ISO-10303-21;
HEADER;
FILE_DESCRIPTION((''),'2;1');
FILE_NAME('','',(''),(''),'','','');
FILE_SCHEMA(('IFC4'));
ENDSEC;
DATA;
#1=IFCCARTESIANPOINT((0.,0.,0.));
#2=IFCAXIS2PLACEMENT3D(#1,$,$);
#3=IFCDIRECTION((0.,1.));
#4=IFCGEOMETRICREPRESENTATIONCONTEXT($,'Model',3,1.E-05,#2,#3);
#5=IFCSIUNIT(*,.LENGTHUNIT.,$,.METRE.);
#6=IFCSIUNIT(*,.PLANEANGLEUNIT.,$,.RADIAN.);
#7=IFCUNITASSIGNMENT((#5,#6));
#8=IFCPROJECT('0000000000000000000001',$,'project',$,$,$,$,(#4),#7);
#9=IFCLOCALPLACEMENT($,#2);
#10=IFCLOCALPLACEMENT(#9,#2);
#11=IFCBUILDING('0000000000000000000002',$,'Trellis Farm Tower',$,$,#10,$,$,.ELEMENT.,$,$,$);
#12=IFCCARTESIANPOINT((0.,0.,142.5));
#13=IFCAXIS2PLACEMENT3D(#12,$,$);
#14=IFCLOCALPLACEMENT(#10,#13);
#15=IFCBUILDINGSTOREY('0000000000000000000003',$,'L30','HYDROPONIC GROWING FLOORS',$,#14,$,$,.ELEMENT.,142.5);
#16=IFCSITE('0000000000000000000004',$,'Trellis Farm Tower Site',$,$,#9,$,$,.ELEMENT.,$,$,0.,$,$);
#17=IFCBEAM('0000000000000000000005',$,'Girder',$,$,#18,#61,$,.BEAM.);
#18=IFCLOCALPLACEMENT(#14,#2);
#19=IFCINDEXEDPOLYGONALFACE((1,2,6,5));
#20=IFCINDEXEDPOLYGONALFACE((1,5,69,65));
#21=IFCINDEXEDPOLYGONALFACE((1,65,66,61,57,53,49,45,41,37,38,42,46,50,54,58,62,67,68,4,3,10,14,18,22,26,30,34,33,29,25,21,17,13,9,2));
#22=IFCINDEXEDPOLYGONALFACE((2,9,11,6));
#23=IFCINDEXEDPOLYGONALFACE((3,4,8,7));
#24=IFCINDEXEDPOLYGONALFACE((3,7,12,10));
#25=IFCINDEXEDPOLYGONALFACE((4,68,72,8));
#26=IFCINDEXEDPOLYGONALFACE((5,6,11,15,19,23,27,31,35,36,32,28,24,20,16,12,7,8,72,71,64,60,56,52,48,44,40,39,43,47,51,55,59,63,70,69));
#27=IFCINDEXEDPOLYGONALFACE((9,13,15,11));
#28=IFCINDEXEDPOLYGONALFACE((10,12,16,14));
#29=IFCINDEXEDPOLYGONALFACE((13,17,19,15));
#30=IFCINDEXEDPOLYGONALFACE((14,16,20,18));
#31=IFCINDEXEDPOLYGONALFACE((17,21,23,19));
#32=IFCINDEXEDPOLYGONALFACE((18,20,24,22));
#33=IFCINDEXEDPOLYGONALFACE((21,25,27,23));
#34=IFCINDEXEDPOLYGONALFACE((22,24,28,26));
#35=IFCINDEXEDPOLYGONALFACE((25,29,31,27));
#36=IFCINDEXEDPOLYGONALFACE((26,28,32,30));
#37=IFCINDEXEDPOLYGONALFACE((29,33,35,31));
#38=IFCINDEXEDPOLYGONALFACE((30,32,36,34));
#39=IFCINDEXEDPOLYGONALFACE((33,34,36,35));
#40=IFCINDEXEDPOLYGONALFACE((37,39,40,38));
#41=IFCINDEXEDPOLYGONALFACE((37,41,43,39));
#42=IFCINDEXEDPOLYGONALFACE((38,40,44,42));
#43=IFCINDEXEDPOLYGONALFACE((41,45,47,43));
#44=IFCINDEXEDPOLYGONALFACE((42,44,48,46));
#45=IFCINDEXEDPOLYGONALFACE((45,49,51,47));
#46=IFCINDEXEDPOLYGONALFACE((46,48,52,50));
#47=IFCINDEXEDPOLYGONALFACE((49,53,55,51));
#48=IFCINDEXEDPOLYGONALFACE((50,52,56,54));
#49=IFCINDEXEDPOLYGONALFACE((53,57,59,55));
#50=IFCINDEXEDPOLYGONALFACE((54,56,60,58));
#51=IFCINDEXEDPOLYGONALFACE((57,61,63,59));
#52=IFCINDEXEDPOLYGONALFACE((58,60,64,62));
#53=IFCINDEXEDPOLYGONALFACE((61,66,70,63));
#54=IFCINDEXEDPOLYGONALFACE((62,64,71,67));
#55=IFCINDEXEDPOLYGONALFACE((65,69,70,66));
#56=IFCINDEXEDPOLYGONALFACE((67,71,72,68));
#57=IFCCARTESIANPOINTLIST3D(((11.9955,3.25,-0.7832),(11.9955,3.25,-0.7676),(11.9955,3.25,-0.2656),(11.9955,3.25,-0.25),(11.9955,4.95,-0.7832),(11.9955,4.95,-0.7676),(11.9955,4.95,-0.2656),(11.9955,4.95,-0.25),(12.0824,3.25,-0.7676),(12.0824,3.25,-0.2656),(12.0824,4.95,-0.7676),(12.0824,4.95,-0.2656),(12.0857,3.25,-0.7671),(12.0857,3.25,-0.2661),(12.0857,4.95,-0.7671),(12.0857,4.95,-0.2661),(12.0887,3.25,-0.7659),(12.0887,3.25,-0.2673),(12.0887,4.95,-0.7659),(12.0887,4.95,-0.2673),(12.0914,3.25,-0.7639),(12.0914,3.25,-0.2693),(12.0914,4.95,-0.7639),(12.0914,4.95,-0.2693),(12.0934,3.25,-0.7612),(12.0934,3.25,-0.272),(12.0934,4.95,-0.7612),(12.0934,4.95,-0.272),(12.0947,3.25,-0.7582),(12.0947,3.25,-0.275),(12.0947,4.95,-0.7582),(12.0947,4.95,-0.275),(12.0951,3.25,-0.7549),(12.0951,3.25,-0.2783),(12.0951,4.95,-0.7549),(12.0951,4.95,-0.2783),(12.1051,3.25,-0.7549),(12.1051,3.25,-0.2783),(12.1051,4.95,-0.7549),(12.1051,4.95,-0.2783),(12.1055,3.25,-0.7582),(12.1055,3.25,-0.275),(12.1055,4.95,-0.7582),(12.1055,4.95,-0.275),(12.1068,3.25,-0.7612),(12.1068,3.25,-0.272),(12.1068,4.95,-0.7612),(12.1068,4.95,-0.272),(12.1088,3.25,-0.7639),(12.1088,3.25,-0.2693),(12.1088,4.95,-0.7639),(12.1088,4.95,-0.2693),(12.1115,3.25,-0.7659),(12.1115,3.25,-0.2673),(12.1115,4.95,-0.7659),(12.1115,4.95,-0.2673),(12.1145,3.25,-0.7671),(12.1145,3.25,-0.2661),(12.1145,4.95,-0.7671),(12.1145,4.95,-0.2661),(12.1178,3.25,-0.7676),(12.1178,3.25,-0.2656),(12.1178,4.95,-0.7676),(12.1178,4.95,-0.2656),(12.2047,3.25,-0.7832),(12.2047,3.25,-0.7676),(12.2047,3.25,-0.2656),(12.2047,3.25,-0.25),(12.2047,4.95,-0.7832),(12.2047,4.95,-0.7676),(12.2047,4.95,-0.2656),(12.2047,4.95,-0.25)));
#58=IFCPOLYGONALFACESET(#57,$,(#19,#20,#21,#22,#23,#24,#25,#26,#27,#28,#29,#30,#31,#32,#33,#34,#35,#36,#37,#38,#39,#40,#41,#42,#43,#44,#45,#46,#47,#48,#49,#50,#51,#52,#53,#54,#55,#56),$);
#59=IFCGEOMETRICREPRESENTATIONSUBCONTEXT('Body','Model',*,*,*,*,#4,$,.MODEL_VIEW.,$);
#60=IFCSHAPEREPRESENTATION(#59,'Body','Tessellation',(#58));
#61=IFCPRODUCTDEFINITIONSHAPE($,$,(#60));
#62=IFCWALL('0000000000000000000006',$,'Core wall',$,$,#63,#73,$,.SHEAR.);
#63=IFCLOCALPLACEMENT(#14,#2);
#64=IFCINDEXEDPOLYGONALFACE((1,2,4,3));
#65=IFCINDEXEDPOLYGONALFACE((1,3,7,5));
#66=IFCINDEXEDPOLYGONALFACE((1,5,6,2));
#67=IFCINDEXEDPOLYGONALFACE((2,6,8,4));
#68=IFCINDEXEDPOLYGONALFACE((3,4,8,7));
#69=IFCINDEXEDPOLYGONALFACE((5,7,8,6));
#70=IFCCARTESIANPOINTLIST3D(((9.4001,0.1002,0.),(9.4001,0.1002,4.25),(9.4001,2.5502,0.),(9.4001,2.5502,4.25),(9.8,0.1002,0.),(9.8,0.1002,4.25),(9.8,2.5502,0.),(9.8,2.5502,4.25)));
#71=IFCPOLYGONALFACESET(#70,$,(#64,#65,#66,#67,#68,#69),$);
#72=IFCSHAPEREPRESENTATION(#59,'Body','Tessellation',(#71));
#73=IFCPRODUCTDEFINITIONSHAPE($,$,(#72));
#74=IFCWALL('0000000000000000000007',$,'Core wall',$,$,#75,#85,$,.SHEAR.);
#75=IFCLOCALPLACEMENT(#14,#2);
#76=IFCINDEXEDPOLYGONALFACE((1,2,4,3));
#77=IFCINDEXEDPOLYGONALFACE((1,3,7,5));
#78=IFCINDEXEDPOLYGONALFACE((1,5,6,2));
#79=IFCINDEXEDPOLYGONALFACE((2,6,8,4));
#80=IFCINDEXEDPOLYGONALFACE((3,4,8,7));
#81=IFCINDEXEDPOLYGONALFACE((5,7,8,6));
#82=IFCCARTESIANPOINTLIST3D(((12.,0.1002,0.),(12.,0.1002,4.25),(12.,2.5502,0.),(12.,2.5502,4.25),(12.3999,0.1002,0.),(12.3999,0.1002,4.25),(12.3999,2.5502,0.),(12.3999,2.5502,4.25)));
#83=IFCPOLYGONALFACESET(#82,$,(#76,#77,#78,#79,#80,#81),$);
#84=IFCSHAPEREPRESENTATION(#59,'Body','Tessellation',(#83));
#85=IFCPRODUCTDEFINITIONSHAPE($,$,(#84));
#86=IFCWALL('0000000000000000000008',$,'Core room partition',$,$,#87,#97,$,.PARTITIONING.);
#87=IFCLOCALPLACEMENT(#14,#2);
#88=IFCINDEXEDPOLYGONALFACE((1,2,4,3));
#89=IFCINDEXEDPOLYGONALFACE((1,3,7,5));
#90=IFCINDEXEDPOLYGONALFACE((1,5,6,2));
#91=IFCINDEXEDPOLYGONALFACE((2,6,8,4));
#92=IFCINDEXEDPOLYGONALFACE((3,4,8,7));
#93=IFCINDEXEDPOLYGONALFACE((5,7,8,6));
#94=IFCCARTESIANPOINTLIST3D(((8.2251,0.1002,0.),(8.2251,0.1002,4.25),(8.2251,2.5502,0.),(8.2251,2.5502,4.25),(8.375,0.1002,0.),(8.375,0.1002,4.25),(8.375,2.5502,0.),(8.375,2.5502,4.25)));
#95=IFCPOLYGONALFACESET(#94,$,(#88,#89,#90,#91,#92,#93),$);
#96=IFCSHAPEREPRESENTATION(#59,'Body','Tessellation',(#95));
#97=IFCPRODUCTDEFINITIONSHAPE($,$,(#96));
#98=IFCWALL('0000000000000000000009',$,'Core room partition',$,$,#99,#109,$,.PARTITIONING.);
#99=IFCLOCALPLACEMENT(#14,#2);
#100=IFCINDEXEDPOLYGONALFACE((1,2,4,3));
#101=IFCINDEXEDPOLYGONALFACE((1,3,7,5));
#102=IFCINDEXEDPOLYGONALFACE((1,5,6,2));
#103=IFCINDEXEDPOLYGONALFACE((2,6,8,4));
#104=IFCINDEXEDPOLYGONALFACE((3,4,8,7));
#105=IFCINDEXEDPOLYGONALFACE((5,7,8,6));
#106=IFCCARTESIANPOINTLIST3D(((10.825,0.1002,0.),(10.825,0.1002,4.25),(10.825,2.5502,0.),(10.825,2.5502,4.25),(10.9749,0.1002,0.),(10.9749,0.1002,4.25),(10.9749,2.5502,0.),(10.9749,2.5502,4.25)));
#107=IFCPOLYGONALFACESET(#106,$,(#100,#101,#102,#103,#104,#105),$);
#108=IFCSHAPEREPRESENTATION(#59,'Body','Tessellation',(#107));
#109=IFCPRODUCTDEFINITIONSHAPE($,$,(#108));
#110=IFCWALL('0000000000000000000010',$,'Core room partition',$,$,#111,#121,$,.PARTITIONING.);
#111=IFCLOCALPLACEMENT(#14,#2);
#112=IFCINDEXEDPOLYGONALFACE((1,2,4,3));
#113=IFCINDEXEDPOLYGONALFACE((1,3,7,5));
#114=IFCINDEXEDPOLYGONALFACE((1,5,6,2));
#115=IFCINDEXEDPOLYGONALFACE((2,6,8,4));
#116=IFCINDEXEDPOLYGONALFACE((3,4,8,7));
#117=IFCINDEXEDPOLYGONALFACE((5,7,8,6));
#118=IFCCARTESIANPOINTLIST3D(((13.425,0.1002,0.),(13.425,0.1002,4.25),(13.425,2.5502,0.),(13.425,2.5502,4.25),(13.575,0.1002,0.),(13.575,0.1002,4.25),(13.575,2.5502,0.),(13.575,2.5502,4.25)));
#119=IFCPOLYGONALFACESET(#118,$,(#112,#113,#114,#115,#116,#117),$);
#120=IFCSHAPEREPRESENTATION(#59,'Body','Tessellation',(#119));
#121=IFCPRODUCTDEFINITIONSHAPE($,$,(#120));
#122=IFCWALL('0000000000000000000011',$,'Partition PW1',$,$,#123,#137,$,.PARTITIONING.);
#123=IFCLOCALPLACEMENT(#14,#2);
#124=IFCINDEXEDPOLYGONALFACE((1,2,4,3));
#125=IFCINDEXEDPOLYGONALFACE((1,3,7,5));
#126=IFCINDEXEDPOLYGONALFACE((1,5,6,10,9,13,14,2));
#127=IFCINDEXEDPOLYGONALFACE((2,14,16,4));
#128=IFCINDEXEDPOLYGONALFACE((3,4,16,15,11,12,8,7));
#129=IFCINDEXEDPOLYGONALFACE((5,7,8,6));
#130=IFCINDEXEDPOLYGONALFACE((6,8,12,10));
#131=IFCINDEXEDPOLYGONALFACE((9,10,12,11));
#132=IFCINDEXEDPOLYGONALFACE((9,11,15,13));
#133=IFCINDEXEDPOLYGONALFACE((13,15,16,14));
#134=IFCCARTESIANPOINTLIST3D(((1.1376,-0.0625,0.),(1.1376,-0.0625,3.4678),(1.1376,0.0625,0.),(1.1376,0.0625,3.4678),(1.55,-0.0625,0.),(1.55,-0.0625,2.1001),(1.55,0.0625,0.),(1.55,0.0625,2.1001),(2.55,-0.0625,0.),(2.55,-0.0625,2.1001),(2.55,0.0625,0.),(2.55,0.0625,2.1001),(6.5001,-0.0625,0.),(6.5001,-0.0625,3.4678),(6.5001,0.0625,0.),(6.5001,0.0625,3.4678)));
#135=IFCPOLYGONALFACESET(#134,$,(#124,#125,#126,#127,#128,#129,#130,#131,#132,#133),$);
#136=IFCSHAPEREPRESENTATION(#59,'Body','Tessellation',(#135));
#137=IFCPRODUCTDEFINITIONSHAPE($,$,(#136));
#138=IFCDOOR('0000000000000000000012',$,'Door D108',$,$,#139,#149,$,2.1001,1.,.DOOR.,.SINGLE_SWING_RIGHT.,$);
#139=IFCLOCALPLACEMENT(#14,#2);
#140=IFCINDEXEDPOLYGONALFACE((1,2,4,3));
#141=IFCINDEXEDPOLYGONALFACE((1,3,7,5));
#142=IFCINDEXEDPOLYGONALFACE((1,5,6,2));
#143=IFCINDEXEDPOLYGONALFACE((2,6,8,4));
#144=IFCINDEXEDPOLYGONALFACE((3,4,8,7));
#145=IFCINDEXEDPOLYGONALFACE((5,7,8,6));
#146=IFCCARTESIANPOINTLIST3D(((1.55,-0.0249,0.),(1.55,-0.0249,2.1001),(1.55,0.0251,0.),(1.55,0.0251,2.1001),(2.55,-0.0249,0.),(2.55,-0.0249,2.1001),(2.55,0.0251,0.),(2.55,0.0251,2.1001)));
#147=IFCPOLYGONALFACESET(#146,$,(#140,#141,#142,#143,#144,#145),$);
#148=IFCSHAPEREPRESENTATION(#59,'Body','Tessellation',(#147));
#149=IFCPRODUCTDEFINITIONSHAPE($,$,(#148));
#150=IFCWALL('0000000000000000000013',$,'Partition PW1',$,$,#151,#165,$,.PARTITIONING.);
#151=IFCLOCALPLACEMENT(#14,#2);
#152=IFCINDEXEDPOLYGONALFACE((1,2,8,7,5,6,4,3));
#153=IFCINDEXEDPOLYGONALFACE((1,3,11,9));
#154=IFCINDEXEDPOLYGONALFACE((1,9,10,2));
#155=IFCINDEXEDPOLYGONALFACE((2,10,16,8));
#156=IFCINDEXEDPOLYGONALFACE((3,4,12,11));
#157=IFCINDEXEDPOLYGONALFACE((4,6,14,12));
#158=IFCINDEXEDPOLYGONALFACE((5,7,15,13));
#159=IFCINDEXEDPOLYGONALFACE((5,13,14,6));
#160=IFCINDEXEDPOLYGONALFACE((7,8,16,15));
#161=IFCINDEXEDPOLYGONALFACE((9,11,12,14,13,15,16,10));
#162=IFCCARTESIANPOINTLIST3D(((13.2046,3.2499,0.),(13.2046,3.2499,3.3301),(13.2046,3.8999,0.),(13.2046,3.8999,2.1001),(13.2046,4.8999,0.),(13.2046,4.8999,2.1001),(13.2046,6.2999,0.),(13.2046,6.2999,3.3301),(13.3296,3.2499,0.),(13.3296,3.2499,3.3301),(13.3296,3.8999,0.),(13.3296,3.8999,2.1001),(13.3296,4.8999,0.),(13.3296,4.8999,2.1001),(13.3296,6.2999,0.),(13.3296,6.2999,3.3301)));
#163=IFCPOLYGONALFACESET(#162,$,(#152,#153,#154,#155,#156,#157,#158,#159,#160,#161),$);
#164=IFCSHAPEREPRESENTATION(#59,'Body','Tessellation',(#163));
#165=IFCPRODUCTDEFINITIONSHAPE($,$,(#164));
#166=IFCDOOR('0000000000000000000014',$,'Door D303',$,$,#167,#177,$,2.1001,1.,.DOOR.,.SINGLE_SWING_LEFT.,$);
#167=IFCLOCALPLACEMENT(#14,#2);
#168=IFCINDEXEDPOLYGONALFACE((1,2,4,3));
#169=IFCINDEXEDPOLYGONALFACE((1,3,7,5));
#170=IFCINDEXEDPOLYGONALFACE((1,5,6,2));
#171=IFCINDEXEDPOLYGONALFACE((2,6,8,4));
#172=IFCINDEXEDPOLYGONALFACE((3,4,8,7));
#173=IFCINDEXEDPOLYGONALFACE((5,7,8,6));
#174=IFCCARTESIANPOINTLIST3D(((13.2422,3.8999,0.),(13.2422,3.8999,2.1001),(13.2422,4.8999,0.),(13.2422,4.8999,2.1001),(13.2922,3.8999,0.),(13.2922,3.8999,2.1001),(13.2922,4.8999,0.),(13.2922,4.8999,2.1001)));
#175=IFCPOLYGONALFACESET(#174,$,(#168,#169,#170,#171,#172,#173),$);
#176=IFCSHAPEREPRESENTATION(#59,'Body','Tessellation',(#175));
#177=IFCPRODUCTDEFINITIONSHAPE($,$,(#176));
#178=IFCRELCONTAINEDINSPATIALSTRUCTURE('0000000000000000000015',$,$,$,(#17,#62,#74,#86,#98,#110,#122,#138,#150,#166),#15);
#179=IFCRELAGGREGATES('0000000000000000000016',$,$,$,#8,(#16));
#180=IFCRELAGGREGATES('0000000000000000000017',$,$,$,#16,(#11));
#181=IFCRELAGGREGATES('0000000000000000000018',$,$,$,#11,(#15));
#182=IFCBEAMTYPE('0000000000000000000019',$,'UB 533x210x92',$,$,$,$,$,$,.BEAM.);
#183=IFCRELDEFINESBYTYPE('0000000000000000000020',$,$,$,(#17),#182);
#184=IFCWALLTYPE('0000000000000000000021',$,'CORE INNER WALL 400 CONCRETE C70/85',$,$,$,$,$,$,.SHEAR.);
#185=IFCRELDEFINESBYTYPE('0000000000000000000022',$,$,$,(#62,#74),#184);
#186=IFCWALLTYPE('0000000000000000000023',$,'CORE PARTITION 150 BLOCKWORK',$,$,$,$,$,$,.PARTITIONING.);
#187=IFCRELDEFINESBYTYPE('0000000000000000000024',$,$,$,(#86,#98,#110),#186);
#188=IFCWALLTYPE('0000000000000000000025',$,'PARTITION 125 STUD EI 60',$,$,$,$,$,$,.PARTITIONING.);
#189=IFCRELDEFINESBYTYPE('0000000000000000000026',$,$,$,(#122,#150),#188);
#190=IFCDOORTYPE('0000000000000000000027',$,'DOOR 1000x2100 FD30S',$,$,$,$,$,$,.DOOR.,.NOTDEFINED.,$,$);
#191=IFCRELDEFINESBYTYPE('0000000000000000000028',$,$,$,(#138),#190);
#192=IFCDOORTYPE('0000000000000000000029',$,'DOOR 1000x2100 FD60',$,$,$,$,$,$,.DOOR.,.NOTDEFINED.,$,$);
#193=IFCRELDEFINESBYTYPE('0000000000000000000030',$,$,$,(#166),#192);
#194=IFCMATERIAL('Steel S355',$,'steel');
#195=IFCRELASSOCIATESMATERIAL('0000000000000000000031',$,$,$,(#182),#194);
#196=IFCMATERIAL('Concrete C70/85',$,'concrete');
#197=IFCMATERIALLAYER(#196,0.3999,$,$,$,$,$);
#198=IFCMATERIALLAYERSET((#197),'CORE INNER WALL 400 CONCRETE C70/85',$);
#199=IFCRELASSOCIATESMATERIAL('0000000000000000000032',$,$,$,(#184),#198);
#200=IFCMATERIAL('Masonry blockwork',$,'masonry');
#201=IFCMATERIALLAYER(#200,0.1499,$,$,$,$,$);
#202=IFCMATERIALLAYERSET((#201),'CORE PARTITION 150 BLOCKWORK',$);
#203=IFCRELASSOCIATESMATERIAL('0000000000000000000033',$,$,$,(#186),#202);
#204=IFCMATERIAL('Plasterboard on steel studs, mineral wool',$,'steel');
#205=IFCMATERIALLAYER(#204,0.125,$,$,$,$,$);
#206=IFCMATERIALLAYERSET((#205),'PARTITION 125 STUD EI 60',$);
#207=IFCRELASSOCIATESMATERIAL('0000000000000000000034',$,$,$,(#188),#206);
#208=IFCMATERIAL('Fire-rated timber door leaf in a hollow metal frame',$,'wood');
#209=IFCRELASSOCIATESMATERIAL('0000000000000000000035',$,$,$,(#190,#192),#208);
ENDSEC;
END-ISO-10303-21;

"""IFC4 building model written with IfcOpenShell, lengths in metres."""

from ifc_helpers import new_model, si_unit, direction, frame, frame_2d, origin, origin_2d, place, context, subcontext, project, spatial, rectangle, i_section, extrude, source, transform, mapped, material, layer, layer_set, material_profile, profile_set, type_object, element, fill, save


model = new_model("IFC4")

# Units and contexts
model_context = context("Model", 3, precision=1e-05, world=origin(), true_north=direction((0.0, 1.0)))
body_context = subcontext(model_context, "Body", "Model", "MODEL_VIEW")
ifc_project = project(units=[si_unit("LENGTHUNIT", "METRE"), si_unit("PLANEANGLEUNIT", "RADIAN")], contexts=[model_context])

# Site, building, storey
site_placement = place(None, origin())
site = spatial("IfcSite", under=ifc_project, at=site_placement, Name="Trellis Farm Tower Site", CompositionType="ELEMENT", RefElevation=0.0)
building_placement = place(site_placement, origin())
building = spatial("IfcBuilding", under=site, at=building_placement, Name="Trellis Farm Tower", CompositionType="ELEMENT")
storey_placement = place(building_placement, frame((0.0, 0.0, 142.5)))
storey = spatial("IfcBuildingStorey", under=building, at=storey_placement, Name="L30", Description="HYDROPONIC GROWING FLOORS", CompositionType="ELEMENT", Elevation=142.5)

# Beam
ifc_material_1 = material(Name="Steel S355", Category="steel")
ifc_material_profile = material_profile(ifc_material_1, i_section(OverallWidth=0.2092, OverallDepth=0.5332, WebThickness=0.01, FlangeThickness=0.0156, FilletRadius=0.0127, at=origin_2d()), Name="UB 533x210x92")
ifc_profile_set = profile_set([ifc_material_profile], Name="Steel S355")
beam_type = type_object("IfcBeamType", Name="UB 533x210x92", PredefinedType="BEAM", material=ifc_profile_set)
shared_shape_1 = source(origin(), body_context, "Body", "SweptSolid", [
    extrude(i_section(OverallWidth=0.2092, OverallDepth=0.5332, WebThickness=0.01, FlangeThickness=0.0156, FilletRadius=0.0127, at=origin_2d()), origin(), (0.0, 0.0, 1.0), 1.7),
])
beam_placement = place(storey_placement, frame((12.1001, 3.25, -0.5166), z_axis=(0.0, 1.0, 0.0), x_axis=(-1.0, 0.0, 0.0)))
element("IfcBeam", 1, at=beam_placement, inside=storey, type_object=beam_type, Name="Girder", PredefinedType="BEAM", context=body_context, shape_type="MappedRepresentation", body=[
    mapped(shared_shape_1, transform((0.0, 0.0, 0.0))),
])

# Walls
ifc_material_2 = material(Name="Concrete C70/85", Category="concrete")
ifc_layer_1 = layer(ifc_material_2, 0.3999)
ifc_layer_set_1 = layer_set([ifc_layer_1], Name="CORE INNER WALL 400 CONCRETE C70/85")
wall_type_1 = type_object("IfcWallType", Name="CORE INNER WALL 400 CONCRETE C70/85", PredefinedType="SHEAR", material=ifc_layer_set_1)
shared_shape_2 = source(origin(), body_context, "Body", "SweptSolid", [
    extrude(rectangle(XDim=2.45, YDim=0.3999, at=frame_2d((1.2251, 0.0))), origin(), (0.0, 0.0, 1.0), 4.25),
])
for number, where, z_axis, x_axis, name in (
    (2, (9.6001, 0.1001, 0.0), (0.0, 0.0, 1.0), (0.0, 1.0, 0.0), "Core wall"),
    (3, (12.2, 0.1001, 0.0), (0.0, 0.0, 1.0), (0.0, 1.0, 0.0), "Core wall"),
):
    element("IfcWall", number, at=place(storey_placement, frame(where, z_axis=z_axis, x_axis=x_axis)), inside=storey, type_object=wall_type_1, Name=name, PredefinedType="SHEAR", context=body_context, shape_type="MappedRepresentation", body=[
        mapped(shared_shape_2, transform((0.0, 0.0, 0.0))),
    ])

# Walls
ifc_material_3 = material(Name="Masonry blockwork", Category="masonry")
ifc_layer_2 = layer(ifc_material_3, 0.1499)
ifc_layer_set_2 = layer_set([ifc_layer_2], Name="CORE PARTITION 150 BLOCKWORK")
wall_type_2 = type_object("IfcWallType", Name="CORE PARTITION 150 BLOCKWORK", PredefinedType="PARTITIONING", material=ifc_layer_set_2)
shared_shape_3 = source(origin(), body_context, "Body", "SweptSolid", [
    extrude(rectangle(XDim=2.45, YDim=0.1499, at=frame_2d((1.2251, 0.0))), origin(), (0.0, 0.0, 1.0), 4.25),
])
for number, where, z_axis, x_axis, name in (
    (4, (8.3, 0.1001, 0.0), (0.0, 0.0, 1.0), (0.0, 1.0, 0.0), "Core room partition"),
    (5, (10.8999, 0.1001, 0.0), (0.0, 0.0, 1.0), (0.0, 1.0, 0.0), "Core room partition"),
    (6, (13.5, 0.1001, 0.0), (0.0, 0.0, 1.0), (0.0, 1.0, 0.0), "Core room partition"),
):
    element("IfcWall", number, at=place(storey_placement, frame(where, z_axis=z_axis, x_axis=x_axis)), inside=storey, type_object=wall_type_2, Name=name, PredefinedType="PARTITIONING", context=body_context, shape_type="MappedRepresentation", body=[
        mapped(shared_shape_3, transform((0.0, 0.0, 0.0))),
    ])

# Walls, openings, doors
ifc_material_4 = material(Name="Plasterboard on steel studs, mineral wool", Category="steel")
ifc_layer_3 = layer(ifc_material_4, 0.125)
ifc_layer_set_3 = layer_set([ifc_layer_3], Name="PARTITION 125 STUD EI 60")
wall_type_3 = type_object("IfcWallType", Name="PARTITION 125 STUD EI 60", PredefinedType="PARTITIONING", material=ifc_layer_set_3)
shared_shape_4 = source(origin(), body_context, "Body", "SweptSolid", [
    extrude(rectangle(XDim=5.3625, YDim=0.125, at=frame_2d((2.6812, 0.0))), origin(), (0.0, 0.0, 1.0), 3.4678),
])
wall_1_placement = place(storey_placement, frame((6.5, 0.0, 0.0), z_axis=(0.0, 0.0, 1.0), x_axis=(-1.0, 0.0, 0.0)))
wall_1 = element("IfcWall", 7, at=wall_1_placement, inside=storey, type_object=wall_type_3, Name="Partition PW1", PredefinedType="PARTITIONING", context=body_context, shape_type="MappedRepresentation", body=[
    mapped(shared_shape_4, transform((0.0, 0.0, 0.0))),
])
shared_shape_5 = source(origin(), body_context, "Body", "SweptSolid", [
    extrude(rectangle(XDim=1.0, YDim=2.1001, at=frame_2d((0.5, 1.05))), frame((0.0, 0.0725, 0.0), z_axis=(0.0, -1.0, 0.0), x_axis=(1.0, 0.0, 0.0)), (0.0, 0.0, 1.0), 0.145),
])
opening_1_placement = place(wall_1_placement, frame((3.95, 0.0, 0.0)))
opening_1 = element("IfcOpeningElement", 8, at=opening_1_placement, cuts=wall_1, PredefinedType="OPENING", context=body_context, shape_type="MappedRepresentation", body=[
    mapped(shared_shape_5, transform((0.0, 0.0, 0.0))),
])
ifc_material_5 = material(Name="Fire-rated timber door leaf in a hollow metal frame", Category="wood")
door_type_1 = type_object("IfcDoorType", Name="DOOR 1000x2100 FD30S", OperationType="NOTDEFINED", PredefinedType="DOOR", material=ifc_material_5)
shared_shape_6 = source(origin(), body_context, "Body", "SweptSolid", [
    extrude(rectangle(XDim=1.0, YDim=2.1001, at=frame_2d((0.5, 1.05))), frame((0.0, 0.0249, 0.0), z_axis=(0.0, -1.0, 0.0), x_axis=(1.0, 0.0, 0.0)), (0.0, 0.0, 1.0), 0.05),
])
door_1_placement = place(opening_1_placement, origin())
door_1 = element("IfcDoor", 9, at=door_1_placement, inside=storey, type_object=door_type_1, Name="Door D108", OperationType="SINGLE_SWING_RIGHT", OverallHeight=2.1001, OverallWidth=1.0, PredefinedType="DOOR", context=body_context, shape_type="MappedRepresentation", body=[
    mapped(shared_shape_6, transform((0.0, 0.0, 0.0))),
])
fill(opening_1, door_1)
shared_shape_7 = source(origin(), body_context, "Body", "SweptSolid", [
    extrude(rectangle(XDim=3.05, YDim=0.125, at=frame_2d((1.5249, 0.0))), origin(), (0.0, 0.0, 1.0), 3.3301),
])
wall_2_placement = place(storey_placement, frame((13.2671, 3.25, 0.0), z_axis=(0.0, 0.0, 1.0), x_axis=(0.0, 1.0, 0.0)))
wall_2 = element("IfcWall", 10, at=wall_2_placement, inside=storey, type_object=wall_type_3, Name="Partition PW1", PredefinedType="PARTITIONING", context=body_context, shape_type="MappedRepresentation", body=[
    mapped(shared_shape_7, transform((0.0, 0.0, 0.0))),
])
opening_2_placement = place(wall_2_placement, frame((0.6499, 0.0, 0.0)))
opening_2 = element("IfcOpeningElement", 11, at=opening_2_placement, cuts=wall_2, PredefinedType="OPENING", context=body_context, shape_type="MappedRepresentation", body=[
    mapped(shared_shape_5, transform((0.0, 0.0, 0.0))),
])
door_type_2 = type_object("IfcDoorType", Name="DOOR 1000x2100 FD60", OperationType="NOTDEFINED", PredefinedType="DOOR", material=ifc_material_5)
door_2_placement = place(opening_2_placement, origin())
door_2 = element("IfcDoor", 12, at=door_2_placement, inside=storey, type_object=door_type_2, Name="Door D303", OperationType="SINGLE_SWING_LEFT", OverallHeight=2.1001, OverallWidth=1.0, PredefinedType="DOOR", context=body_context, shape_type="MappedRepresentation", body=[
    mapped(shared_shape_6, transform((0.0, 0.0, 0.0))),
])
fill(opening_2, door_2)

save(model, "model.ifc")
